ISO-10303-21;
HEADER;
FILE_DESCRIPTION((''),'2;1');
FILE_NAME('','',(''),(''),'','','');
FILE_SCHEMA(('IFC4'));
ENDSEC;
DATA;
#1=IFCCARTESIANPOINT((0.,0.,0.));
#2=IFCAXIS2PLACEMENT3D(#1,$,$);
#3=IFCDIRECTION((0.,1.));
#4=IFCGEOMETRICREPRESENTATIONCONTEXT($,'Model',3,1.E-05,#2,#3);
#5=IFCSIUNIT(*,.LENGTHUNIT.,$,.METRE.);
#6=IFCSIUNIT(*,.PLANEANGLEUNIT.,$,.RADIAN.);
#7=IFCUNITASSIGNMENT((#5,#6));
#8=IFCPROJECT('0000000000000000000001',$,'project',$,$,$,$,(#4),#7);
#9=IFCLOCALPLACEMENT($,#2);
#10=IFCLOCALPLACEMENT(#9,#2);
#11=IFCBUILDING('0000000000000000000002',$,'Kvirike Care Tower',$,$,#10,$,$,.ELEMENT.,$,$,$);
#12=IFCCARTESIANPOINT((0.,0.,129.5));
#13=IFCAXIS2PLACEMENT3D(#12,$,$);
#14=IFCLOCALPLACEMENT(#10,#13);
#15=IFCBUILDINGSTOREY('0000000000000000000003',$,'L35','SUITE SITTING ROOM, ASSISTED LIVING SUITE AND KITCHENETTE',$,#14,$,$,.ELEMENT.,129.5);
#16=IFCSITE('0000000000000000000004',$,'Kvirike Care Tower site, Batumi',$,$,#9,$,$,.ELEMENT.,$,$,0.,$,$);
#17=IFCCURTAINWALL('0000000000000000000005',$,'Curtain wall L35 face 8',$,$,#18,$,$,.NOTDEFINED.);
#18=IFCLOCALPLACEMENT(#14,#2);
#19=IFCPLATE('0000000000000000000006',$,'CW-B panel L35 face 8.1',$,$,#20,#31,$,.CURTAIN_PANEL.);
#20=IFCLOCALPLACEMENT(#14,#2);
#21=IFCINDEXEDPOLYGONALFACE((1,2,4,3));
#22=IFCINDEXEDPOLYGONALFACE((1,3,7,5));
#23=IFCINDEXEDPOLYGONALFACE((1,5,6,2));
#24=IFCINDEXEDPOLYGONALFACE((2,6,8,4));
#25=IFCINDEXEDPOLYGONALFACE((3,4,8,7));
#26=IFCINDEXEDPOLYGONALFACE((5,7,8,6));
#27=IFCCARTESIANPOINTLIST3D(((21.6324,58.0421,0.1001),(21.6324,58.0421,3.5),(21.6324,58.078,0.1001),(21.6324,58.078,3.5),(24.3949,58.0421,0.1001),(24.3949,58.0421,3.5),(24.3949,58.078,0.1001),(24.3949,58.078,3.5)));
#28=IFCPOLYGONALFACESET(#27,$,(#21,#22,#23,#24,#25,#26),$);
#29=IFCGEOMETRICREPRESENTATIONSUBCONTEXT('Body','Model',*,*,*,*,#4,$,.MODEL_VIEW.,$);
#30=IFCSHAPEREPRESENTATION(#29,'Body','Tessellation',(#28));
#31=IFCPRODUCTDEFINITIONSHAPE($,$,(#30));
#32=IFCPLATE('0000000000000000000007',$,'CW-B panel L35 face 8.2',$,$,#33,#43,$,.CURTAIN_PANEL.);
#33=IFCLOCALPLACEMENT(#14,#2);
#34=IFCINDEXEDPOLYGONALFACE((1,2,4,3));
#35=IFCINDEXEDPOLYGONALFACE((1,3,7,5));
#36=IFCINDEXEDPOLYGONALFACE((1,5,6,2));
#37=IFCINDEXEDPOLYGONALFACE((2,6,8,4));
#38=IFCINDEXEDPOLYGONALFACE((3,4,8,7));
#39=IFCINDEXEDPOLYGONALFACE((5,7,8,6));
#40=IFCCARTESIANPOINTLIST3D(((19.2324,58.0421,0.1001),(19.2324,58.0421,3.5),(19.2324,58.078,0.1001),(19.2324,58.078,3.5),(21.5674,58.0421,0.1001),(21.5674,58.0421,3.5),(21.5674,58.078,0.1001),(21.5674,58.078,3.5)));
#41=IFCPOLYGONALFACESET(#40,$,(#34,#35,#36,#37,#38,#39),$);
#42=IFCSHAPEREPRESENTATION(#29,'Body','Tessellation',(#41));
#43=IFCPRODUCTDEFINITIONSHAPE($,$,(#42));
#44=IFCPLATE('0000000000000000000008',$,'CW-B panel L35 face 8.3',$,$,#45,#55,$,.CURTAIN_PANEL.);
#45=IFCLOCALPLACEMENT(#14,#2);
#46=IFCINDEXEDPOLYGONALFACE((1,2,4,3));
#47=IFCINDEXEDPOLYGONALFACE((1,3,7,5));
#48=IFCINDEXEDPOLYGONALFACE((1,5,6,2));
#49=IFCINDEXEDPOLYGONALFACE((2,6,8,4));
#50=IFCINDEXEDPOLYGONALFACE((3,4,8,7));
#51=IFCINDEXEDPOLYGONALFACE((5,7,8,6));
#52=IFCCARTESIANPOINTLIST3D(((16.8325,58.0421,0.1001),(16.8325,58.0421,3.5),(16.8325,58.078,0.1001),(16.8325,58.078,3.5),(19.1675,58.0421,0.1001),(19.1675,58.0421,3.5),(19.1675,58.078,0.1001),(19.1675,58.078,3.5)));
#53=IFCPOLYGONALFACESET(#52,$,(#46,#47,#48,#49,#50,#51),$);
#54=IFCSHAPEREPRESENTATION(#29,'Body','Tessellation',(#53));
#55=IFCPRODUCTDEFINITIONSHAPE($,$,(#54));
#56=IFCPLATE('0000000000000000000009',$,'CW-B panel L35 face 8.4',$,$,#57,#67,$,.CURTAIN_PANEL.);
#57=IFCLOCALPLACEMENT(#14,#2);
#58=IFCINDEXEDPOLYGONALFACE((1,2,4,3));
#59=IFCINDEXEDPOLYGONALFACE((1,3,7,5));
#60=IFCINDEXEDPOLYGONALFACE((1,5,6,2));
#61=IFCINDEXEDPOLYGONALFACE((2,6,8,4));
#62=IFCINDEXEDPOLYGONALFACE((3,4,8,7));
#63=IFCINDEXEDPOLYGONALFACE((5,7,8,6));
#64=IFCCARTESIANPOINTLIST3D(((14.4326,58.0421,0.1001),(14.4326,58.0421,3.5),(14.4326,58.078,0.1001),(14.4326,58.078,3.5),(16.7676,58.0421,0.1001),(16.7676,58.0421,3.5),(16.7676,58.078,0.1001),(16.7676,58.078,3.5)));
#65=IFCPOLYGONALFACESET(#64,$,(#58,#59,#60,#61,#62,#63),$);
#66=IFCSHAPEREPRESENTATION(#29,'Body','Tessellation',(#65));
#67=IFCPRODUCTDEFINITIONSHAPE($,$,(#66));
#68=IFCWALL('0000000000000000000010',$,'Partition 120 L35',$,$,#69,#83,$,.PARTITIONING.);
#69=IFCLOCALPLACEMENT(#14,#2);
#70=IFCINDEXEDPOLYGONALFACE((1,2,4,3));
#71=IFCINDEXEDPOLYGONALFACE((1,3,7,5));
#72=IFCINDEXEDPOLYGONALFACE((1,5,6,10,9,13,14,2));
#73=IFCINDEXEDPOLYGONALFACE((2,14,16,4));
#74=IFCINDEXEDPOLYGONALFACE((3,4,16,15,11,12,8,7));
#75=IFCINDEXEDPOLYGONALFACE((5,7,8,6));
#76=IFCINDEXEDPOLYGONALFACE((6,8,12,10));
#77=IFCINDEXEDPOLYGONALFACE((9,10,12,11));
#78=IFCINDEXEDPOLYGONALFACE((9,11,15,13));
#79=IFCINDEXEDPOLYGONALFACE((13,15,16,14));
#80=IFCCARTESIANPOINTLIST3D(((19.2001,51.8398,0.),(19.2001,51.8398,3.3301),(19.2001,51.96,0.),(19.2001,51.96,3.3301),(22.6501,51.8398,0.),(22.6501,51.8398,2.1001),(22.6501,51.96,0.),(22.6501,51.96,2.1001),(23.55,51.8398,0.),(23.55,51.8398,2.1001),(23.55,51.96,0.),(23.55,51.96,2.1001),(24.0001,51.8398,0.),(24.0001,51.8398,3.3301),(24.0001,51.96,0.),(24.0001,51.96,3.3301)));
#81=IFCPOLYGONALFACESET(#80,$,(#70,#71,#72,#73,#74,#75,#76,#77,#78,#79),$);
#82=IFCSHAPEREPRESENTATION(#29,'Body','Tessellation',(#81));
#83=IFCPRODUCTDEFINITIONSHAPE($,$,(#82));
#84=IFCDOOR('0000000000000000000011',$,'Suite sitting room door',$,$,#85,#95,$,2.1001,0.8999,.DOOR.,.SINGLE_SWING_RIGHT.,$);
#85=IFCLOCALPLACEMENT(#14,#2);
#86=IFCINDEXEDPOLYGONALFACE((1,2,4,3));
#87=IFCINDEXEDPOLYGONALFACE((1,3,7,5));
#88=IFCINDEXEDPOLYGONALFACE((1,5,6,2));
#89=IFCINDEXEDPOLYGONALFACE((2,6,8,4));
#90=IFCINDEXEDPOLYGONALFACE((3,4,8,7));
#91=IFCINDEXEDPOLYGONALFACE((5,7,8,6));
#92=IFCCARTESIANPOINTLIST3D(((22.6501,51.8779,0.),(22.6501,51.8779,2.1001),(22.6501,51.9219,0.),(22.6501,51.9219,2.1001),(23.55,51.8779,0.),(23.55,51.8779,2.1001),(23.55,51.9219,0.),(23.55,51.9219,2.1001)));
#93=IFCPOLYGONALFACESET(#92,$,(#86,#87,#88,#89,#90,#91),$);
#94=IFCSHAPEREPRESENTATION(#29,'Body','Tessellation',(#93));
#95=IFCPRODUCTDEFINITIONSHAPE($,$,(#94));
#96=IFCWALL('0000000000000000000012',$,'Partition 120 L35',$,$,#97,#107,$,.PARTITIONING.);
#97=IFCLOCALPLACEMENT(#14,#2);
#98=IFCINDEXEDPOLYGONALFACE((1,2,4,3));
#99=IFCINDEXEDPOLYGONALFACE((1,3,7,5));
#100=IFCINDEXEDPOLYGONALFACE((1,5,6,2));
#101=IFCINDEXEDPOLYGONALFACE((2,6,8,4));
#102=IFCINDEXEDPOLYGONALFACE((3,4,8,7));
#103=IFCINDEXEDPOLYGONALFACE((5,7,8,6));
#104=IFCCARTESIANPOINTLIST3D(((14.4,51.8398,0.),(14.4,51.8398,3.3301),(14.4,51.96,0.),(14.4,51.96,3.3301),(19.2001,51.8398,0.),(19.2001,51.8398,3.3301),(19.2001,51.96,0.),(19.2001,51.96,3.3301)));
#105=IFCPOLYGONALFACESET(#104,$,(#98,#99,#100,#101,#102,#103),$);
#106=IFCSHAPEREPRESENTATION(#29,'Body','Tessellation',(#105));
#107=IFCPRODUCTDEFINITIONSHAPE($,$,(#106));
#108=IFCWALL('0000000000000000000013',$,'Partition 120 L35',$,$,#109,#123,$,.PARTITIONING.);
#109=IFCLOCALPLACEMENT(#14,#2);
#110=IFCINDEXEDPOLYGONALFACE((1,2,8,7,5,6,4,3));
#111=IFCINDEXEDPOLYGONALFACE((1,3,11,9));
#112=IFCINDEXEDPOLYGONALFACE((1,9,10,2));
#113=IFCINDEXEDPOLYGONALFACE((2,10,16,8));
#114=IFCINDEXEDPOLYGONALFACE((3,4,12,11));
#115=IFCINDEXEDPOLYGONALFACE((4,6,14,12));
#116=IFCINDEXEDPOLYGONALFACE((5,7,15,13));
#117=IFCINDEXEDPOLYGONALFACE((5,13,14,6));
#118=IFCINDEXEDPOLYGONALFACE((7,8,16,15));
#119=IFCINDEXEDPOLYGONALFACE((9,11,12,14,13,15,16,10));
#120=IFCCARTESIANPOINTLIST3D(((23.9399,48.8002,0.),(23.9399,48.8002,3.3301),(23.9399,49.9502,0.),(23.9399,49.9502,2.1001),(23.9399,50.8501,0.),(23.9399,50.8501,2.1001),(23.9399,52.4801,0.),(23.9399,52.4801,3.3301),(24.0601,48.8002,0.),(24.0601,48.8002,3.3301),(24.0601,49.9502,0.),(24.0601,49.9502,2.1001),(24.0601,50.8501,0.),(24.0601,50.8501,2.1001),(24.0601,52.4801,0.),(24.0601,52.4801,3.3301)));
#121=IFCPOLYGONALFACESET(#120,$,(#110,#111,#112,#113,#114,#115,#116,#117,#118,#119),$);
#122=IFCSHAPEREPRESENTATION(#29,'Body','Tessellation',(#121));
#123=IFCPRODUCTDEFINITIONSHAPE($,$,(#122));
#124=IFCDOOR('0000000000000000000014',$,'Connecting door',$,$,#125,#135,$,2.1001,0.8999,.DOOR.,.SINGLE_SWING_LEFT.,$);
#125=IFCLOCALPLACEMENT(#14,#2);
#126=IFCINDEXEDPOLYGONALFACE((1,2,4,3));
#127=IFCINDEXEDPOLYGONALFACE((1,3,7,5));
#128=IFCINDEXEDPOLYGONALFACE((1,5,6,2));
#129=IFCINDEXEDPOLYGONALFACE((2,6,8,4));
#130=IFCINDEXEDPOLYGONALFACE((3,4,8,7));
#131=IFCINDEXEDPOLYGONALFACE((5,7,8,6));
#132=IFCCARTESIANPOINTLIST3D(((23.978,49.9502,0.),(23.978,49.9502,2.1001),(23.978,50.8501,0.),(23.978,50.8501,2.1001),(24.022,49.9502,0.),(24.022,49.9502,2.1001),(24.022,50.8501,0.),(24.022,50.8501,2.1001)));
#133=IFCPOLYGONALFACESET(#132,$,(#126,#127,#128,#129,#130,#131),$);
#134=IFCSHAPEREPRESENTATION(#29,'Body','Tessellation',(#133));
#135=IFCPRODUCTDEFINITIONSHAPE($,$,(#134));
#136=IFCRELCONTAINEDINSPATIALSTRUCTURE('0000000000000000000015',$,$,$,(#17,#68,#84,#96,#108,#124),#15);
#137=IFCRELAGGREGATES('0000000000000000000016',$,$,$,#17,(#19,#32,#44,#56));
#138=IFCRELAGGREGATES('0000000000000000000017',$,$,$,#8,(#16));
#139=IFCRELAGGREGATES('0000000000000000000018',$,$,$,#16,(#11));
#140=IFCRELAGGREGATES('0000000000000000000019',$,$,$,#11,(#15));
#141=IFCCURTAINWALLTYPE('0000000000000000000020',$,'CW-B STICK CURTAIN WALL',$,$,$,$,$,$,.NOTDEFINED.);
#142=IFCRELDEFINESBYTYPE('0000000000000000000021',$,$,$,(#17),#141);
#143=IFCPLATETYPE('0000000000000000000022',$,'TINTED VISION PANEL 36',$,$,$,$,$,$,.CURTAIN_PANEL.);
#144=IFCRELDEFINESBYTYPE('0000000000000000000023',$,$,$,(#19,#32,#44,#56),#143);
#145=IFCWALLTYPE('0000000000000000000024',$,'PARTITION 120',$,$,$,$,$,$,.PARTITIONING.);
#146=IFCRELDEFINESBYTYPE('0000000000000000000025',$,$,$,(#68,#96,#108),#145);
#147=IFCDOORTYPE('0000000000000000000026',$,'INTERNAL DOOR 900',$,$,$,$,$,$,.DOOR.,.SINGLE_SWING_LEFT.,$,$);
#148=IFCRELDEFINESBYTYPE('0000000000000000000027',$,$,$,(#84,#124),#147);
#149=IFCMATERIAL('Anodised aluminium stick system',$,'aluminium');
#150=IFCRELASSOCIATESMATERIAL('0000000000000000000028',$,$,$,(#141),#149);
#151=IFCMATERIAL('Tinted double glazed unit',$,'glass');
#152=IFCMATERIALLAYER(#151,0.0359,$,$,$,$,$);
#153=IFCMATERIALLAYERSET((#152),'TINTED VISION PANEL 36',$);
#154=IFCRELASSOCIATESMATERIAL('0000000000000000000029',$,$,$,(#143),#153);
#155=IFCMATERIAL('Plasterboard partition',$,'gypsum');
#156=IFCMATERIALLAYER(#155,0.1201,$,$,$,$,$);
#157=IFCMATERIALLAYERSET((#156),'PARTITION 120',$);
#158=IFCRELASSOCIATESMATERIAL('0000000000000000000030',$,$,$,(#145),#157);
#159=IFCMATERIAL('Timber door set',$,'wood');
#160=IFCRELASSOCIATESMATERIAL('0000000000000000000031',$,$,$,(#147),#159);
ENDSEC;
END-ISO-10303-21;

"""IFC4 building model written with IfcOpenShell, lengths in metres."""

from ifc_helpers import new_model, si_unit, direction, frame, frame_2d, origin, origin_2d, place, context, subcontext, project, spatial, rectangle, extrude, material, layer, layer_set, type_object, element, fill, aggregate, save


model = new_model("IFC4")

# Units and contexts
model_context = context("Model", 3, precision=1e-05, world=origin(), true_north=direction((0.0, 1.0)))
body_context = subcontext(model_context, "Body", "Model", "MODEL_VIEW")
ifc_project = project(units=[si_unit("LENGTHUNIT", "METRE"), si_unit("PLANEANGLEUNIT", "RADIAN")], contexts=[model_context])

# Site, building, storey
site_placement = place(None, origin())
site = spatial("IfcSite", under=ifc_project, at=site_placement, Name="Kvirike Care Tower site, Batumi", CompositionType="ELEMENT", RefElevation=0.0)
building_placement = place(site_placement, origin())
building = spatial("IfcBuilding", under=site, at=building_placement, Name="Kvirike Care Tower", CompositionType="ELEMENT")
storey_placement = place(building_placement, frame((0.0, 0.0, 129.5)))
storey = spatial("IfcBuildingStorey", under=building, at=storey_placement, Name="L35", Description="SUITE SITTING ROOM, ASSISTED LIVING SUITE AND KITCHENETTE", CompositionType="ELEMENT", Elevation=129.5)

# Curtain wall
ifc_material_1 = material(Name="Anodised aluminium stick system", Category="aluminium")
curtain_wall_type = type_object("IfcCurtainWallType", Name="CW-B STICK CURTAIN WALL", PredefinedType="NOTDEFINED", material=ifc_material_1)
curtain_wall_placement = place(storey_placement, origin())
curtain_wall = element("IfcCurtainWall", 1, at=curtain_wall_placement, inside=storey, type_object=curtain_wall_type, Name="Curtain wall L35 face 8", PredefinedType="NOTDEFINED")

# Plates
ifc_material_2 = material(Name="Tinted double glazed unit", Category="glass")
ifc_layer_1 = layer(ifc_material_2, 0.0359)
ifc_layer_set_1 = layer_set([ifc_layer_1], Name="TINTED VISION PANEL 36")
plate_type = type_object("IfcPlateType", Name="TINTED VISION PANEL 36", PredefinedType="CURTAIN_PANEL", material=ifc_layer_set_1)
plate_1_placement = place(storey_placement, frame((23.0137, 58.0601, 0.1001), z_axis=(0.0, 0.0, 1.0), x_axis=(-1.0, 0.0, 0.0)))
plate_1 = element("IfcPlate", 2, at=plate_1_placement, type_object=plate_type, Name="CW-B panel L35 face 8.1", PredefinedType="CURTAIN_PANEL", context=body_context, shape_type="SweptSolid", body=[
    extrude(rectangle(XDim=2.7625, YDim=0.0359, at=origin_2d()), origin(), (0.0, 0.0, 1.0), 3.3999),
])
plate_2_placement = place(storey_placement, frame((20.3999, 58.0601, 0.1001), z_axis=(0.0, 0.0, 1.0), x_axis=(-1.0, 0.0, 0.0)))
plate_2 = element("IfcPlate", 3, at=plate_2_placement, type_object=plate_type, Name="CW-B panel L35 face 8.2", PredefinedType="CURTAIN_PANEL", context=body_context, shape_type="SweptSolid", body=[
    extrude(rectangle(XDim=2.335, YDim=0.0359, at=origin_2d()), origin(), (0.0, 0.0, 1.0), 3.3999),
])
plate_3_placement = place(storey_placement, frame((18.0, 58.0601, 0.1001), z_axis=(0.0, 0.0, 1.0), x_axis=(-1.0, 0.0, 0.0)))
plate_3 = element("IfcPlate", 4, at=plate_3_placement, type_object=plate_type, Name="CW-B panel L35 face 8.3", PredefinedType="CURTAIN_PANEL", context=body_context, shape_type="SweptSolid", body=[
    extrude(rectangle(XDim=2.335, YDim=0.0359, at=origin_2d()), origin(), (0.0, 0.0, 1.0), 3.3999),
])
plate_4_placement = place(storey_placement, frame((15.6001, 58.0601, 0.1001), z_axis=(0.0, 0.0, 1.0), x_axis=(-1.0, 0.0, 0.0)))
plate_4 = element("IfcPlate", 5, at=plate_4_placement, type_object=plate_type, Name="CW-B panel L35 face 8.4", PredefinedType="CURTAIN_PANEL", context=body_context, shape_type="SweptSolid", body=[
    extrude(rectangle(XDim=2.335, YDim=0.0359, at=origin_2d()), origin(), (0.0, 0.0, 1.0), 3.3999),
])
aggregate(curtain_wall, [plate_1, plate_2, plate_3, plate_4])

# Wall, opening, door
ifc_material_3 = material(Name="Plasterboard partition", Category="gypsum")
ifc_layer_2 = layer(ifc_material_3, 0.1201)
ifc_layer_set_2 = layer_set([ifc_layer_2], Name="PARTITION 120")
wall_type = type_object("IfcWallType", Name="PARTITION 120", PredefinedType="PARTITIONING", material=ifc_layer_set_2)
wall_1_placement = place(storey_placement, frame((24.0, 51.8999, 0.0), z_axis=(0.0, 0.0, 1.0), x_axis=(-1.0, 0.0, 0.0)))
wall_1 = element("IfcWall", 6, at=wall_1_placement, inside=storey, type_object=wall_type, Name="Partition 120 L35", PredefinedType="PARTITIONING", context=body_context, shape_type="SweptSolid", body=[
    extrude(rectangle(XDim=4.8, YDim=0.1201, at=frame_2d((2.3999, 0.0))), origin(), (0.0, 0.0, 1.0), 3.3301),
])
opening_1_placement = place(wall_1_placement, frame((0.45, 0.0, 0.0)))
opening_1 = element("IfcOpeningElement", 7, at=opening_1_placement, cuts=wall_1, PredefinedType="OPENING", context=body_context, shape_type="SweptSolid", body=[
    extrude(rectangle(XDim=0.8999, YDim=2.1001, at=frame_2d((0.45, 1.05))), frame((0.0, 0.0706, 0.0), z_axis=(0.0, -1.0, 0.0), x_axis=(1.0, 0.0, 0.0)), (0.0, 0.0, 1.0), 0.1411),
])
ifc_material_4 = material(Name="Timber door set", Category="wood")
door_type = type_object("IfcDoorType", Name="INTERNAL DOOR 900", OperationType="SINGLE_SWING_LEFT", PredefinedType="DOOR", material=ifc_material_4)
door_1_placement = place(opening_1_placement, origin())
door_1 = element("IfcDoor", 8, at=door_1_placement, inside=storey, type_object=door_type, Name="Suite sitting room door", OperationType="SINGLE_SWING_RIGHT", OverallHeight=2.1001, OverallWidth=0.8999, PredefinedType="DOOR", context=body_context, shape_type="SweptSolid", body=[
    extrude(rectangle(XDim=0.8999, YDim=2.1001, at=frame_2d((0.45, 1.05))), frame((0.0, 0.022, 0.0), z_axis=(0.0, -1.0, 0.0), x_axis=(1.0, 0.0, 0.0)), (0.0, 0.0, 1.0), 0.0439),
])
fill(opening_1, door_1)

# Wall
wall_2_placement = place(storey_placement, frame((19.2, 51.8999, 0.0), z_axis=(0.0, 0.0, 1.0), x_axis=(-1.0, 0.0, 0.0)))
element("IfcWall", 9, at=wall_2_placement, inside=storey, type_object=wall_type, Name="Partition 120 L35", PredefinedType="PARTITIONING", context=body_context, shape_type="SweptSolid", body=[
    extrude(rectangle(XDim=4.8, YDim=0.1201, at=frame_2d((2.3999, 0.0))), origin(), (0.0, 0.0, 1.0), 3.3301),
])

# Wall, opening, door
wall_3_placement = place(storey_placement, frame((24.0, 52.48, 0.0), z_axis=(0.0, 0.0, 1.0), x_axis=(0.0, -1.0, 0.0)))
wall_3 = element("IfcWall", 10, at=wall_3_placement, inside=storey, type_object=wall_type, Name="Partition 120 L35", PredefinedType="PARTITIONING", context=body_context, shape_type="SweptSolid", body=[
    extrude(rectangle(XDim=3.6799, YDim=0.1201, at=frame_2d((1.8398, 0.0))), origin(), (0.0, 0.0, 1.0), 3.3301),
])
opening_2_placement = place(wall_3_placement, frame((1.6299, 0.0, 0.0)))
opening_2 = element("IfcOpeningElement", 11, at=opening_2_placement, cuts=wall_3, PredefinedType="OPENING", context=body_context, shape_type="SweptSolid", body=[
    extrude(rectangle(XDim=0.8999, YDim=2.1001, at=frame_2d((0.45, 1.05))), frame((0.0, 0.0706, 0.0), z_axis=(0.0, -1.0, 0.0), x_axis=(1.0, 0.0, 0.0)), (0.0, 0.0, 1.0), 0.1411),
])
door_2_placement = place(opening_2_placement, origin())
door_2 = element("IfcDoor", 12, at=door_2_placement, inside=storey, type_object=door_type, Name="Connecting door", OperationType="SINGLE_SWING_LEFT", OverallHeight=2.1001, OverallWidth=0.8999, PredefinedType="DOOR", context=body_context, shape_type="SweptSolid", body=[
    extrude(rectangle(XDim=0.8999, YDim=2.1001, at=frame_2d((0.45, 1.05))), frame((0.0, 0.022, 0.0), z_axis=(0.0, -1.0, 0.0), x_axis=(1.0, 0.0, 0.0)), (0.0, 0.0, 1.0), 0.0439),
])
fill(opening_2, door_2)

save(model, "model.ifc")
